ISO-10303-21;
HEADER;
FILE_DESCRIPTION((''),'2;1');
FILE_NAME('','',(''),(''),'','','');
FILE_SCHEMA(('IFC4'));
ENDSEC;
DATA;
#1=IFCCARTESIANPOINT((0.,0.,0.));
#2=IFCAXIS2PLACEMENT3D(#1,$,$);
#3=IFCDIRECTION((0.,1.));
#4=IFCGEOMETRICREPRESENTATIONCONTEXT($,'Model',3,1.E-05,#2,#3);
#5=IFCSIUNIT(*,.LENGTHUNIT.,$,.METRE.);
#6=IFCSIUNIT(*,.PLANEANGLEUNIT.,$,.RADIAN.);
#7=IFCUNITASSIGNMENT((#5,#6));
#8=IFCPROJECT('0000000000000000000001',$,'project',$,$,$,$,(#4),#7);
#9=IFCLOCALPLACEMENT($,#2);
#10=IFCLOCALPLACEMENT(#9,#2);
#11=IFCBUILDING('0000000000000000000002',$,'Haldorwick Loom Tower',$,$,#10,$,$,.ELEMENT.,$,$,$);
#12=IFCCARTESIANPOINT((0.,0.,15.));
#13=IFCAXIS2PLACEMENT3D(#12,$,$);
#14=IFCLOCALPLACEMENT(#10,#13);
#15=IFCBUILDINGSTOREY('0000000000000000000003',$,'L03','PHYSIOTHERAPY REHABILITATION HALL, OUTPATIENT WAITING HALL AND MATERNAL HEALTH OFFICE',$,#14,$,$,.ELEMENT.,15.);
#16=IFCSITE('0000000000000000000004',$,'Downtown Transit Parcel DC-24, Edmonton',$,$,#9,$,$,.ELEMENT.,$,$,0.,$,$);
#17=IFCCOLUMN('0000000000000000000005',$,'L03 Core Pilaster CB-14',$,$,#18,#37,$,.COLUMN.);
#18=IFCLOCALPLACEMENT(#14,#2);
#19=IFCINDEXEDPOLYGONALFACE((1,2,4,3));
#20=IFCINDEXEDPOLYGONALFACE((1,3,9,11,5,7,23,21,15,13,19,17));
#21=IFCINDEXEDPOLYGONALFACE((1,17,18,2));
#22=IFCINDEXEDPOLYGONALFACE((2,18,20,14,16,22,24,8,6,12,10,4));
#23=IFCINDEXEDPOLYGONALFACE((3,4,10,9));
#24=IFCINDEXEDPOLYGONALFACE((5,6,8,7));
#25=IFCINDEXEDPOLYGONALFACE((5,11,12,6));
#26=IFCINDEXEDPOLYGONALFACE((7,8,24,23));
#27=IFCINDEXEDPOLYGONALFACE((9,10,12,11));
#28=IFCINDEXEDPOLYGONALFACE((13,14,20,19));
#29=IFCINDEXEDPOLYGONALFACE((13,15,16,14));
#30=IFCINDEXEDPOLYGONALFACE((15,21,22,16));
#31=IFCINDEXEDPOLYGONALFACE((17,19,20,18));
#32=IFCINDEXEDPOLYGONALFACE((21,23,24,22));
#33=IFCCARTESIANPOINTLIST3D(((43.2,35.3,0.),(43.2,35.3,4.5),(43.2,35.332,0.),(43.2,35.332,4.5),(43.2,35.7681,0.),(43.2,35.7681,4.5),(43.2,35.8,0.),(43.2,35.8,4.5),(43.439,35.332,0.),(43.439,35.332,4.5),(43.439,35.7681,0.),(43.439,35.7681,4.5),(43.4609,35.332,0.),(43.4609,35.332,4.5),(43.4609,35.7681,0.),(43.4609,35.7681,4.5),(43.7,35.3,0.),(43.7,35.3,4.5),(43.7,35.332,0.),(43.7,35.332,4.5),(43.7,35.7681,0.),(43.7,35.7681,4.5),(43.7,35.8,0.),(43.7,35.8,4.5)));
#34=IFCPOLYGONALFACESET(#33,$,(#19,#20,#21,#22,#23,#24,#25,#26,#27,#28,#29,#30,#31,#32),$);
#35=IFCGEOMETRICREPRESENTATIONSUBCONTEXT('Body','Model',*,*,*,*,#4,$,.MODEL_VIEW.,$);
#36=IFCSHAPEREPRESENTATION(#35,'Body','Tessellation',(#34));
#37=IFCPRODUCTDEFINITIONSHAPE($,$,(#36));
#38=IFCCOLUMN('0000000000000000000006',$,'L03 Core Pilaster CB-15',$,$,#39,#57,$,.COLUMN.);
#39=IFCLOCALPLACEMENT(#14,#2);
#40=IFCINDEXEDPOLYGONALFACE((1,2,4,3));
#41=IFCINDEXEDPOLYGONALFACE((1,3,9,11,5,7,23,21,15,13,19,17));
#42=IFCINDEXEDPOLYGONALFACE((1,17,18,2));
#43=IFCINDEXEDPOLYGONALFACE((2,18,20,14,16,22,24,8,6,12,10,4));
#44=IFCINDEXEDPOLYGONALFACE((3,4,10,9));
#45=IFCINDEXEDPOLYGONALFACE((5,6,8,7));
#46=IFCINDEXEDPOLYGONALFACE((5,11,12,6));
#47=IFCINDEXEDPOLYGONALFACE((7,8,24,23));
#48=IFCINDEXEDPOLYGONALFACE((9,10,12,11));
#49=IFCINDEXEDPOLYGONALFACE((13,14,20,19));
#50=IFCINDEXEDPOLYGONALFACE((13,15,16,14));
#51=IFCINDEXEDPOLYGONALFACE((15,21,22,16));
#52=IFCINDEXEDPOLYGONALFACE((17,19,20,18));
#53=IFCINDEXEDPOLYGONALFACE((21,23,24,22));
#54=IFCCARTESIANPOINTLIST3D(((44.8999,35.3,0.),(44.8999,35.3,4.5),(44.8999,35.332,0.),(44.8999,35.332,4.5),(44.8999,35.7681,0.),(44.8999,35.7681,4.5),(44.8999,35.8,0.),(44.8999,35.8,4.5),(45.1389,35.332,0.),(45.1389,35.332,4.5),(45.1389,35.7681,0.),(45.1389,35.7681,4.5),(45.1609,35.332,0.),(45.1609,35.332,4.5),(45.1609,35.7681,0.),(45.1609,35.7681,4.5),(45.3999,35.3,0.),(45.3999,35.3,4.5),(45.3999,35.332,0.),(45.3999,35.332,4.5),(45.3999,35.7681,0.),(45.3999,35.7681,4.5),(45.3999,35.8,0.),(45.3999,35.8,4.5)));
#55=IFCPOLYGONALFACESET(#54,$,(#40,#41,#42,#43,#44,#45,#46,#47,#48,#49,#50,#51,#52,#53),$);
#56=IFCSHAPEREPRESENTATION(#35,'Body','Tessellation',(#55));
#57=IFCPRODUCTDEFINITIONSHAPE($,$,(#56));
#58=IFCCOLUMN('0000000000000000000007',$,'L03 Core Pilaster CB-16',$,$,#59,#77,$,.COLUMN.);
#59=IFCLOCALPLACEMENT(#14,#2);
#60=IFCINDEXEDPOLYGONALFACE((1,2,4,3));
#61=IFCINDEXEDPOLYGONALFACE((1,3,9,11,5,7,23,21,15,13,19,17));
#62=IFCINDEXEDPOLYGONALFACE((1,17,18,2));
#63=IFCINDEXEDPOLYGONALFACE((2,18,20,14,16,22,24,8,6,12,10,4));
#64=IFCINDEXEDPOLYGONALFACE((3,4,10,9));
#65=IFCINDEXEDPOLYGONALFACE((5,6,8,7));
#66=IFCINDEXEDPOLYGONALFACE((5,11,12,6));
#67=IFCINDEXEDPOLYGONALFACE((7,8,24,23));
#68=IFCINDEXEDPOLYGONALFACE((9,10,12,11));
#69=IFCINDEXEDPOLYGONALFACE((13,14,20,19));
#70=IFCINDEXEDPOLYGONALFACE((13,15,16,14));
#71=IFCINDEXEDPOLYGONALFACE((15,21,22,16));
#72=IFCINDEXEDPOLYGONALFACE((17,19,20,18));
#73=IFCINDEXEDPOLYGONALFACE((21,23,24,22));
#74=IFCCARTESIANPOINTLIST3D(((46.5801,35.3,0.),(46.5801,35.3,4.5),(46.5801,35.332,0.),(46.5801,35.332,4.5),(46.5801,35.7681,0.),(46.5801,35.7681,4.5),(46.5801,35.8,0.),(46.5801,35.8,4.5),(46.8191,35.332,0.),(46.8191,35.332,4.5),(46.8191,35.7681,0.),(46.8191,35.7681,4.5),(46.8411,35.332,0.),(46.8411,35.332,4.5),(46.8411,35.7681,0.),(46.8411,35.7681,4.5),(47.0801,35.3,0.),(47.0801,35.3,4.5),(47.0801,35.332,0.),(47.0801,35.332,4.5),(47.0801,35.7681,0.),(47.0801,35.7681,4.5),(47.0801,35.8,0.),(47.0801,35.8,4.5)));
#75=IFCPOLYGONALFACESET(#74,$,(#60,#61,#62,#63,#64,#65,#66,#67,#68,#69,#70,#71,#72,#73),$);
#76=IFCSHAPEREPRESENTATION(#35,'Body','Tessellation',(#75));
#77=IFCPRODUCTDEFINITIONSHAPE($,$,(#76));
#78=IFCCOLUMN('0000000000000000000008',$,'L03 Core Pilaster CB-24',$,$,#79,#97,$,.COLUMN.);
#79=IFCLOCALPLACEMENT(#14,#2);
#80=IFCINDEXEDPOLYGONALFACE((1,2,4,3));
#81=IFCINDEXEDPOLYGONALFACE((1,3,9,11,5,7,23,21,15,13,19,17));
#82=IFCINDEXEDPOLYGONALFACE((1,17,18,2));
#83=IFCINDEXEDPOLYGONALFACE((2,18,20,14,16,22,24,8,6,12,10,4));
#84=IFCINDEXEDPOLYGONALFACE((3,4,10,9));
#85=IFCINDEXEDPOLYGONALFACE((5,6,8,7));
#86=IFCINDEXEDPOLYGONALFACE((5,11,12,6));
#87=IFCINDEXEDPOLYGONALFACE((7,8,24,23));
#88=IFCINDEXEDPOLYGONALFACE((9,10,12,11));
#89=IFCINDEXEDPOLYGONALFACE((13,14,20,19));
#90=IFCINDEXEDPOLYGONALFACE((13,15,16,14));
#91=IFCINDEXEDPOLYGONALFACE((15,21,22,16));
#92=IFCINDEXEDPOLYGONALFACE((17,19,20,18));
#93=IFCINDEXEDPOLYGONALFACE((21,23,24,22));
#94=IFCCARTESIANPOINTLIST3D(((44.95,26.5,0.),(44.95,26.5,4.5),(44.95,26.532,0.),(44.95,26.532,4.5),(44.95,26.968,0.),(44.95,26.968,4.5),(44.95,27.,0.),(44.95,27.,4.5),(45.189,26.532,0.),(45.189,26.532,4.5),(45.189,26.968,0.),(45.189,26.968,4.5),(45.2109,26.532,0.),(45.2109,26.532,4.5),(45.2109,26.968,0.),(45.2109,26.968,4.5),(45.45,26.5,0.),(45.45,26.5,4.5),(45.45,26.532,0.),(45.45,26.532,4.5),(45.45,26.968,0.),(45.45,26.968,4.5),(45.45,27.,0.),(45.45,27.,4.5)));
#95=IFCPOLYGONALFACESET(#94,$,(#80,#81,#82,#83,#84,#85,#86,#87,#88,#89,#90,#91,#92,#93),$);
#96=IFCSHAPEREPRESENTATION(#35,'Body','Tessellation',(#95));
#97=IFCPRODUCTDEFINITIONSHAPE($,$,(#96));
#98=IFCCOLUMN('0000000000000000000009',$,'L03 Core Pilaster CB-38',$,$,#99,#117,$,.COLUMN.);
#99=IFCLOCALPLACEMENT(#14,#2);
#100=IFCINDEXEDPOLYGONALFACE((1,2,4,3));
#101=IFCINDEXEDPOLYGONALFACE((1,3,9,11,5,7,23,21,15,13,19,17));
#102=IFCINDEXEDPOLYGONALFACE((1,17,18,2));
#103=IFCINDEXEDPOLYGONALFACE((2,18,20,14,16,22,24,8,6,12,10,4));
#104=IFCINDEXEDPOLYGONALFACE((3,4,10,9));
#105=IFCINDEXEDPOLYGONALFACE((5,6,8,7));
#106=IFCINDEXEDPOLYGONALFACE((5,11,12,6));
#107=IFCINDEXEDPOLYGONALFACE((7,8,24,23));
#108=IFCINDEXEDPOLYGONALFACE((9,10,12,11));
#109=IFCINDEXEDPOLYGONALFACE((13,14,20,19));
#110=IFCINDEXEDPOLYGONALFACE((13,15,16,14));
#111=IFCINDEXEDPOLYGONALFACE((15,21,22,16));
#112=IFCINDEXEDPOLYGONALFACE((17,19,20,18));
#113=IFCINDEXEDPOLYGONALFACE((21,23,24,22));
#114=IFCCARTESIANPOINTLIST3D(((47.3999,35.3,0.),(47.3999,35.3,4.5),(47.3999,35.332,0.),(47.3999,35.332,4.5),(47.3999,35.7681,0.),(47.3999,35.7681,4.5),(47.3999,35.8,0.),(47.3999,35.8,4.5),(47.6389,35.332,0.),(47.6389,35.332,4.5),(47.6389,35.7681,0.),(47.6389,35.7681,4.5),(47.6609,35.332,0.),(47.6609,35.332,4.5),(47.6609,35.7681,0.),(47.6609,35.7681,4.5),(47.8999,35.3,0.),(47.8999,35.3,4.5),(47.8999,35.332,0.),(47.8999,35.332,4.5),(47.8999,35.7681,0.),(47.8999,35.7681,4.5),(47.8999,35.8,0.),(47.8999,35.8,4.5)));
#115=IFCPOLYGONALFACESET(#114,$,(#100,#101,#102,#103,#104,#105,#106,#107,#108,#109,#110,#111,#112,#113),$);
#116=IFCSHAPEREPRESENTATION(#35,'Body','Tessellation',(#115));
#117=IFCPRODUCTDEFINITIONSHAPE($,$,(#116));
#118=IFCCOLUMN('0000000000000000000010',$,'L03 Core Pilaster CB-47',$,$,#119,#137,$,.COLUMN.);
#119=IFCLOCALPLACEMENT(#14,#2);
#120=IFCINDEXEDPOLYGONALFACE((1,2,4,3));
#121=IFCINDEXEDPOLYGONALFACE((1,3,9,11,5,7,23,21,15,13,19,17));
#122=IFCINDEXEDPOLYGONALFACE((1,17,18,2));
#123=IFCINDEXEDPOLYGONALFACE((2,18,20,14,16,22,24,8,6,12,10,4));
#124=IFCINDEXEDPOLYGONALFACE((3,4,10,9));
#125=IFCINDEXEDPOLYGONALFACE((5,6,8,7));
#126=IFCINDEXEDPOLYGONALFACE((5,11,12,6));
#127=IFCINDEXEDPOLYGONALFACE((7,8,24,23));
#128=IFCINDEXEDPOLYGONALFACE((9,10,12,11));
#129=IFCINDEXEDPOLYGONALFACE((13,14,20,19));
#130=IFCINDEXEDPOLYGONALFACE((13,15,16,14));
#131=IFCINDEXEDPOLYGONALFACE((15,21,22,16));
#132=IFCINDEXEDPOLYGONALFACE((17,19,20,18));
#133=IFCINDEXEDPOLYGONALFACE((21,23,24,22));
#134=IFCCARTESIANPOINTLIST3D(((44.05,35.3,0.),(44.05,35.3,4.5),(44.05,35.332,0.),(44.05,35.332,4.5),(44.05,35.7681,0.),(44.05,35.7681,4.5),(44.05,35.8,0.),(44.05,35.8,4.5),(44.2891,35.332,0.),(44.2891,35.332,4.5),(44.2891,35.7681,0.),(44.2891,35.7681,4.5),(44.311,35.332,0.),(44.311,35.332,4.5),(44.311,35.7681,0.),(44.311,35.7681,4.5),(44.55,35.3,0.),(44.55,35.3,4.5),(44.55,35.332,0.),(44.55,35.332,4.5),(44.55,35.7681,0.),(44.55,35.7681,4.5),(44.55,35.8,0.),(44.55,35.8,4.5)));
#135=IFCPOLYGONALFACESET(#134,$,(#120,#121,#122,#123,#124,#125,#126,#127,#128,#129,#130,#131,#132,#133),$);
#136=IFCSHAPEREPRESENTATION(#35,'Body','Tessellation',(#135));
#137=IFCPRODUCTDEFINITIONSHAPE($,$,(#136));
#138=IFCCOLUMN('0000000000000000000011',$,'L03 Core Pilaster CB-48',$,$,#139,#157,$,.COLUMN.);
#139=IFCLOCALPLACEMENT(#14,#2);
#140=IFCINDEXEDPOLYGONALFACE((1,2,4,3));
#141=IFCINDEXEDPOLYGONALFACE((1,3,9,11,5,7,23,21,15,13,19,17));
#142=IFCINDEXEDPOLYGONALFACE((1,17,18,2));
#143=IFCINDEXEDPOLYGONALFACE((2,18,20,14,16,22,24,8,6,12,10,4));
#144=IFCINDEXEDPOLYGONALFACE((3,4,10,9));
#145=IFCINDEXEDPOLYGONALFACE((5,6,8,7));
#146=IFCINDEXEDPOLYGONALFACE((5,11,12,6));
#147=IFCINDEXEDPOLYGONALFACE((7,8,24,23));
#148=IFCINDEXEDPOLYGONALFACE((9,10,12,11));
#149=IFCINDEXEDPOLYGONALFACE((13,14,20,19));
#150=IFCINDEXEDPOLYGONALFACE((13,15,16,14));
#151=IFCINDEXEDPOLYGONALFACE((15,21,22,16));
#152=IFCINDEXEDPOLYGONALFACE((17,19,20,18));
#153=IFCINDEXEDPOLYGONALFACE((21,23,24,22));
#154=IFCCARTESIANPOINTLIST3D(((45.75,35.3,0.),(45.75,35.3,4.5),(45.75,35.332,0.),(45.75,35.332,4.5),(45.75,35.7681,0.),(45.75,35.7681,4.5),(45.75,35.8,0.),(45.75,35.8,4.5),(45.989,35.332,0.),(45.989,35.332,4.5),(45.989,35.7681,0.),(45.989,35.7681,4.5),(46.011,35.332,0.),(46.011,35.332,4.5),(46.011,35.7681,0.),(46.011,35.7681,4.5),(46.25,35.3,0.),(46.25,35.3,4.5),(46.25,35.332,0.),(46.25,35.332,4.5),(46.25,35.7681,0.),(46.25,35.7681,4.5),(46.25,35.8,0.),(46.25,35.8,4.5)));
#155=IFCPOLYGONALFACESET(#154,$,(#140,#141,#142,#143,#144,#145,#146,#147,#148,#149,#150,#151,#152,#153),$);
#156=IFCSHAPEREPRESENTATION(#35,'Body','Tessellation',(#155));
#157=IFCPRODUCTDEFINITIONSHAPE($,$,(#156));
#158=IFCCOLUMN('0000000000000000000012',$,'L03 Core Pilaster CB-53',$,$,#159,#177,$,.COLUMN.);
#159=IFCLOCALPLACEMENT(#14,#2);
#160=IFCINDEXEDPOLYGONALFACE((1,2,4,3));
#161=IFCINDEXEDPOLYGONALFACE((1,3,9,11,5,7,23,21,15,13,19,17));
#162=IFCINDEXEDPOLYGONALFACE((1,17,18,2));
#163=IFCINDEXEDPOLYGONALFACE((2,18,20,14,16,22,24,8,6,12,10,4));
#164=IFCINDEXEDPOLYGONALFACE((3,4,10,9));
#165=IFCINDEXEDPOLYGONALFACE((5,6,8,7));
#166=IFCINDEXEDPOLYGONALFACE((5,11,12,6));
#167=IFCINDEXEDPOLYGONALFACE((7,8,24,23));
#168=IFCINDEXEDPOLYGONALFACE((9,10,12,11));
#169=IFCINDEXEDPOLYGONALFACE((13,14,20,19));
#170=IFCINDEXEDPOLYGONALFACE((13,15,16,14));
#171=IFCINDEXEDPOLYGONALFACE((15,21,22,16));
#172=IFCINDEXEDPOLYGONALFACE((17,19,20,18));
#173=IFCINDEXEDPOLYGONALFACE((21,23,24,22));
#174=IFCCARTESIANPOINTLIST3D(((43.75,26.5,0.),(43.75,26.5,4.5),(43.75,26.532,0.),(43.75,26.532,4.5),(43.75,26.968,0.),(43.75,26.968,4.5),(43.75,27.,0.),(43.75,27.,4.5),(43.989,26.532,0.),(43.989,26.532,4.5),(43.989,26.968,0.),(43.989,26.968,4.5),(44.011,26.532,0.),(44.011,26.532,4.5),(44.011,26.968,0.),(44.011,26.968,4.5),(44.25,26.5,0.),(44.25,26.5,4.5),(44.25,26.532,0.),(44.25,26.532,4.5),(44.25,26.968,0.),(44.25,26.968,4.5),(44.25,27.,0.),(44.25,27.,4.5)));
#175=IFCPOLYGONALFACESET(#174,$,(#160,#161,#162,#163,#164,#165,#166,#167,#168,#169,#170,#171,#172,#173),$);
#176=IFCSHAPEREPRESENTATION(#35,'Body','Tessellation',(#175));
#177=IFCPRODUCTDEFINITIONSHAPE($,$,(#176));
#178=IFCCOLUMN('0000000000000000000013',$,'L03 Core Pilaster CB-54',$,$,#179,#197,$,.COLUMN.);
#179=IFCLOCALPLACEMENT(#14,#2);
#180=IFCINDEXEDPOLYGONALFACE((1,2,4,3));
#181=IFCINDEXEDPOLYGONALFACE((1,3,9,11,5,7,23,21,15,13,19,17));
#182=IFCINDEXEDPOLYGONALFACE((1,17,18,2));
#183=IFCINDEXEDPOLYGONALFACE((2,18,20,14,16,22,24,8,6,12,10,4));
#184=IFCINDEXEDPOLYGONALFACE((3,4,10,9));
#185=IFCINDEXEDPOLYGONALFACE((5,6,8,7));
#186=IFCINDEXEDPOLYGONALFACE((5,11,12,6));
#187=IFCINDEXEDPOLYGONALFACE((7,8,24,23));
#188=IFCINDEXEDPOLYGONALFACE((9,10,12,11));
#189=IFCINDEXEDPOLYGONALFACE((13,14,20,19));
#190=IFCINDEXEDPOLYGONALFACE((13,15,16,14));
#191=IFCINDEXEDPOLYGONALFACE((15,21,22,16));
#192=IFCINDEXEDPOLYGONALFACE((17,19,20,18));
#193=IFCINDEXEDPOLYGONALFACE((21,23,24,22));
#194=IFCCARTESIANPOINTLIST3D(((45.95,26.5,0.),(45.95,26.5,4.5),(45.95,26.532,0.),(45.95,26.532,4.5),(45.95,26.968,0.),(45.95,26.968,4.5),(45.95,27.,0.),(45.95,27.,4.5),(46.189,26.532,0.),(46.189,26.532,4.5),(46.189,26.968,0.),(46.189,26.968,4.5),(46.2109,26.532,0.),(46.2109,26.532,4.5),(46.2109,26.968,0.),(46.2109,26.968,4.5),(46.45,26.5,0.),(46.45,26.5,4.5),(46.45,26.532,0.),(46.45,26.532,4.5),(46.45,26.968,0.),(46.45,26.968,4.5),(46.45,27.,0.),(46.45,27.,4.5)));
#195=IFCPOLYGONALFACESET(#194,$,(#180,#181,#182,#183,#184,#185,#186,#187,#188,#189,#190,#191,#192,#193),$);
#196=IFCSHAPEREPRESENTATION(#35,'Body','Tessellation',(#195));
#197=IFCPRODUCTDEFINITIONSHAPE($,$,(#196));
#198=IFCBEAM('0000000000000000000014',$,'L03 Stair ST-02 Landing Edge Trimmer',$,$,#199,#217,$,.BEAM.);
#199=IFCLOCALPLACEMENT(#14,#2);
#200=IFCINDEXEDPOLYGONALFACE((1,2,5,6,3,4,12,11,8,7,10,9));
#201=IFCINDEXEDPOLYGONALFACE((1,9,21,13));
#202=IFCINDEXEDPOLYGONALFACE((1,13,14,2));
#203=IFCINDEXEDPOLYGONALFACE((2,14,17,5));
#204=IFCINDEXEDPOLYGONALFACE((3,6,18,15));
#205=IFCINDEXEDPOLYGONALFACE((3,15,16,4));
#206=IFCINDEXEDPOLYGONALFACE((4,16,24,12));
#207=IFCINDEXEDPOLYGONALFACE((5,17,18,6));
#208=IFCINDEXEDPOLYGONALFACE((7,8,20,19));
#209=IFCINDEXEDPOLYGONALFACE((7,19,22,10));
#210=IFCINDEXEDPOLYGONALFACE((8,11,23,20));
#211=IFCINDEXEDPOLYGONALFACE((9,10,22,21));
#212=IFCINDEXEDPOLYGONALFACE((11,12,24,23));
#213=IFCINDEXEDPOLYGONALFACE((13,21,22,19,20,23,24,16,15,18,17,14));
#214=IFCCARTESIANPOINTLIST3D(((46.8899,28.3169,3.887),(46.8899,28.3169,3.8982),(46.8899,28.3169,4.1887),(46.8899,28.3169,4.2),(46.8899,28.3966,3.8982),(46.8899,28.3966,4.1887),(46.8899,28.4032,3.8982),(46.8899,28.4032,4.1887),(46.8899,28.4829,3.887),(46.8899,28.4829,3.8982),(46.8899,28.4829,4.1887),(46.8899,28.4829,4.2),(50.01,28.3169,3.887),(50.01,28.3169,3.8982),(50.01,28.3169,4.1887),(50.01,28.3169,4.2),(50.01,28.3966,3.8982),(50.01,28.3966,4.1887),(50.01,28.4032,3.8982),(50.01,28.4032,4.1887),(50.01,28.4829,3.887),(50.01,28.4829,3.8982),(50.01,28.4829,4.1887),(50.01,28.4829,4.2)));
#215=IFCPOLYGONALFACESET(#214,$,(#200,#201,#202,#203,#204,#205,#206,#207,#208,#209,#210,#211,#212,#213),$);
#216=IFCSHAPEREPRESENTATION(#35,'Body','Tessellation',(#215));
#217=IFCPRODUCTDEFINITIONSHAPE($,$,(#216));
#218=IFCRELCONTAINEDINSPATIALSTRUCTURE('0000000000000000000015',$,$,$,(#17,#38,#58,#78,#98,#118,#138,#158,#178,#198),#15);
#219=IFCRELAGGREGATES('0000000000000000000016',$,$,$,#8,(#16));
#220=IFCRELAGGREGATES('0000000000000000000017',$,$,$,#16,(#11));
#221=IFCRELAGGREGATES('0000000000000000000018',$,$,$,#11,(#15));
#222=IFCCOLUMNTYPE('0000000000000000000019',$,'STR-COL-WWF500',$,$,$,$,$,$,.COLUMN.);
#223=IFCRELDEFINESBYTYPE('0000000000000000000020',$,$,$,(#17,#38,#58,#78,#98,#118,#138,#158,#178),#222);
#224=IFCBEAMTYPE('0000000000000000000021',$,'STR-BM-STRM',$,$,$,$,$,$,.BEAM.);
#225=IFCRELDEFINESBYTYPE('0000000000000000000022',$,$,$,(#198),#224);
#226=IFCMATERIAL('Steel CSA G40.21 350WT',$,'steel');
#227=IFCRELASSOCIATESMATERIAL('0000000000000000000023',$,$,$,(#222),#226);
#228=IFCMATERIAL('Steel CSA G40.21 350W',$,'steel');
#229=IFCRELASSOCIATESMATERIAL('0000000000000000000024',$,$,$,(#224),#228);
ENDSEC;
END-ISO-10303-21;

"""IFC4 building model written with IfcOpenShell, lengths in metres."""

from ifc_helpers import new_model, si_unit, direction, frame, origin, origin_2d, place, context, subcontext, project, spatial, i_section, extrude, material, material_profile, profile_set, type_object, element, save


model = new_model("IFC4")

# Units and contexts
model_context = context("Model", 3, precision=1e-05, world=origin(), true_north=direction((0.0, 1.0)))
body_context = subcontext(model_context, "Body", "Model", "MODEL_VIEW")
ifc_project = project(units=[si_unit("LENGTHUNIT", "METRE"), si_unit("PLANEANGLEUNIT", "RADIAN")], contexts=[model_context])

# Site, building, storey
site_placement = place(None, origin())
site = spatial("IfcSite", under=ifc_project, at=site_placement, Name="Downtown Transit Parcel DC-24, Edmonton", CompositionType="ELEMENT", RefElevation=0.0)
building_placement = place(site_placement, origin())
building = spatial("IfcBuilding", under=site, at=building_placement, Name="Haldorwick Loom Tower", CompositionType="ELEMENT")
storey_placement = place(building_placement, frame((0.0, 0.0, 15.0)))
storey = spatial("IfcBuildingStorey", under=building, at=storey_placement, Name="L03", Description="PHYSIOTHERAPY REHABILITATION HALL, OUTPATIENT WAITING HALL AND MATERNAL HEALTH OFFICE", CompositionType="ELEMENT", Elevation=15.0)

# Columns
ifc_material_1 = material(Name="Steel CSA G40.21 350WT", Category="steel")
ifc_material_profile_1 = material_profile(ifc_material_1, i_section(OverallWidth=0.5, OverallDepth=0.5, WebThickness=0.022, FlangeThickness=0.032, at=origin_2d()), Name="WWF500X500", Category="steel")
ifc_profile_set_1 = profile_set([ifc_material_profile_1], Name="Steel CSA G40.21 350WT")
column_type = type_object("IfcColumnType", Name="STR-COL-WWF500", PredefinedType="COLUMN", material=ifc_profile_set_1)
for number, where, z_axis, x_axis, name in (
    (1, (43.45, 35.55, 0.0), (0.0, 0.0, 1.0), (1.0, 0.0, 0.0), "L03 Core Pilaster CB-14"),
    (2, (45.1499, 35.55, 0.0), (0.0, 0.0, 1.0), (1.0, 0.0, 0.0), "L03 Core Pilaster CB-15"),
    (3, (46.8301, 35.55, 0.0), (0.0, 0.0, 1.0), (1.0, 0.0, 0.0), "L03 Core Pilaster CB-16"),
    (4, (45.2, 26.75, 0.0), (0.0, 0.0, 1.0), (1.0, 0.0, 0.0), "L03 Core Pilaster CB-24"),
    (5, (47.6499, 35.55, 0.0), (0.0, 0.0, 1.0), (1.0, 0.0, 0.0), "L03 Core Pilaster CB-38"),
    (6, (44.3, 35.55, 0.0), (0.0, 0.0, 1.0), (1.0, 0.0, 0.0), "L03 Core Pilaster CB-47"),
    (7, (46.0, 35.55, 0.0), (0.0, 0.0, 1.0), (1.0, 0.0, 0.0), "L03 Core Pilaster CB-48"),
    (8, (44.0, 26.75, 0.0), (0.0, 0.0, 1.0), (1.0, 0.0, 0.0), "L03 Core Pilaster CB-53"),
    (9, (46.2, 26.75, 0.0), (0.0, 0.0, 1.0), (1.0, 0.0, 0.0), "L03 Core Pilaster CB-54"),
):
    element("IfcColumn", number, at=place(storey_placement, frame(where, z_axis=z_axis, x_axis=x_axis)), inside=storey, type_object=column_type, Name=name, PredefinedType="COLUMN", context=body_context, shape_type="SweptSolid", body=[
        extrude(i_section(OverallWidth=0.5, OverallDepth=0.5, WebThickness=0.022, FlangeThickness=0.032, at=origin_2d()), origin(), (0.0, 0.0, 1.0), 4.5),
    ])

# Beam
ifc_material_2 = material(Name="Steel CSA G40.21 350W", Category="steel")
ifc_material_profile_2 = material_profile(ifc_material_2, i_section(OverallWidth=0.166, OverallDepth=0.313, WebThickness=0.0066, FlangeThickness=0.0112, at=origin_2d()), Name="W310X45", Category="steel")
ifc_profile_set_2 = profile_set([ifc_material_profile_2], Name="Steel CSA G40.21 350W")
beam_type = type_object("IfcBeamType", Name="STR-BM-STRM", PredefinedType="BEAM", material=ifc_profile_set_2)
for number, where, z_axis, x_axis, name in (
    (10, (46.8899, 28.3999, 4.0435), (1.0, 0.0, 0.0), (0.0, 1.0, 0.0), "L03 Stair ST-02 Landing Edge Trimmer"),
):
    element("IfcBeam", number, at=place(storey_placement, frame(where, z_axis=z_axis, x_axis=x_axis)), inside=storey, type_object=beam_type, Name=name, PredefinedType="BEAM", context=body_context, shape_type="SweptSolid", body=[
        extrude(i_section(OverallWidth=0.166, OverallDepth=0.313, WebThickness=0.0066, FlangeThickness=0.0112, at=origin_2d()), origin(), (0.0, 0.0, 1.0), 3.1201),
    ])

save(model, "model.ifc")
